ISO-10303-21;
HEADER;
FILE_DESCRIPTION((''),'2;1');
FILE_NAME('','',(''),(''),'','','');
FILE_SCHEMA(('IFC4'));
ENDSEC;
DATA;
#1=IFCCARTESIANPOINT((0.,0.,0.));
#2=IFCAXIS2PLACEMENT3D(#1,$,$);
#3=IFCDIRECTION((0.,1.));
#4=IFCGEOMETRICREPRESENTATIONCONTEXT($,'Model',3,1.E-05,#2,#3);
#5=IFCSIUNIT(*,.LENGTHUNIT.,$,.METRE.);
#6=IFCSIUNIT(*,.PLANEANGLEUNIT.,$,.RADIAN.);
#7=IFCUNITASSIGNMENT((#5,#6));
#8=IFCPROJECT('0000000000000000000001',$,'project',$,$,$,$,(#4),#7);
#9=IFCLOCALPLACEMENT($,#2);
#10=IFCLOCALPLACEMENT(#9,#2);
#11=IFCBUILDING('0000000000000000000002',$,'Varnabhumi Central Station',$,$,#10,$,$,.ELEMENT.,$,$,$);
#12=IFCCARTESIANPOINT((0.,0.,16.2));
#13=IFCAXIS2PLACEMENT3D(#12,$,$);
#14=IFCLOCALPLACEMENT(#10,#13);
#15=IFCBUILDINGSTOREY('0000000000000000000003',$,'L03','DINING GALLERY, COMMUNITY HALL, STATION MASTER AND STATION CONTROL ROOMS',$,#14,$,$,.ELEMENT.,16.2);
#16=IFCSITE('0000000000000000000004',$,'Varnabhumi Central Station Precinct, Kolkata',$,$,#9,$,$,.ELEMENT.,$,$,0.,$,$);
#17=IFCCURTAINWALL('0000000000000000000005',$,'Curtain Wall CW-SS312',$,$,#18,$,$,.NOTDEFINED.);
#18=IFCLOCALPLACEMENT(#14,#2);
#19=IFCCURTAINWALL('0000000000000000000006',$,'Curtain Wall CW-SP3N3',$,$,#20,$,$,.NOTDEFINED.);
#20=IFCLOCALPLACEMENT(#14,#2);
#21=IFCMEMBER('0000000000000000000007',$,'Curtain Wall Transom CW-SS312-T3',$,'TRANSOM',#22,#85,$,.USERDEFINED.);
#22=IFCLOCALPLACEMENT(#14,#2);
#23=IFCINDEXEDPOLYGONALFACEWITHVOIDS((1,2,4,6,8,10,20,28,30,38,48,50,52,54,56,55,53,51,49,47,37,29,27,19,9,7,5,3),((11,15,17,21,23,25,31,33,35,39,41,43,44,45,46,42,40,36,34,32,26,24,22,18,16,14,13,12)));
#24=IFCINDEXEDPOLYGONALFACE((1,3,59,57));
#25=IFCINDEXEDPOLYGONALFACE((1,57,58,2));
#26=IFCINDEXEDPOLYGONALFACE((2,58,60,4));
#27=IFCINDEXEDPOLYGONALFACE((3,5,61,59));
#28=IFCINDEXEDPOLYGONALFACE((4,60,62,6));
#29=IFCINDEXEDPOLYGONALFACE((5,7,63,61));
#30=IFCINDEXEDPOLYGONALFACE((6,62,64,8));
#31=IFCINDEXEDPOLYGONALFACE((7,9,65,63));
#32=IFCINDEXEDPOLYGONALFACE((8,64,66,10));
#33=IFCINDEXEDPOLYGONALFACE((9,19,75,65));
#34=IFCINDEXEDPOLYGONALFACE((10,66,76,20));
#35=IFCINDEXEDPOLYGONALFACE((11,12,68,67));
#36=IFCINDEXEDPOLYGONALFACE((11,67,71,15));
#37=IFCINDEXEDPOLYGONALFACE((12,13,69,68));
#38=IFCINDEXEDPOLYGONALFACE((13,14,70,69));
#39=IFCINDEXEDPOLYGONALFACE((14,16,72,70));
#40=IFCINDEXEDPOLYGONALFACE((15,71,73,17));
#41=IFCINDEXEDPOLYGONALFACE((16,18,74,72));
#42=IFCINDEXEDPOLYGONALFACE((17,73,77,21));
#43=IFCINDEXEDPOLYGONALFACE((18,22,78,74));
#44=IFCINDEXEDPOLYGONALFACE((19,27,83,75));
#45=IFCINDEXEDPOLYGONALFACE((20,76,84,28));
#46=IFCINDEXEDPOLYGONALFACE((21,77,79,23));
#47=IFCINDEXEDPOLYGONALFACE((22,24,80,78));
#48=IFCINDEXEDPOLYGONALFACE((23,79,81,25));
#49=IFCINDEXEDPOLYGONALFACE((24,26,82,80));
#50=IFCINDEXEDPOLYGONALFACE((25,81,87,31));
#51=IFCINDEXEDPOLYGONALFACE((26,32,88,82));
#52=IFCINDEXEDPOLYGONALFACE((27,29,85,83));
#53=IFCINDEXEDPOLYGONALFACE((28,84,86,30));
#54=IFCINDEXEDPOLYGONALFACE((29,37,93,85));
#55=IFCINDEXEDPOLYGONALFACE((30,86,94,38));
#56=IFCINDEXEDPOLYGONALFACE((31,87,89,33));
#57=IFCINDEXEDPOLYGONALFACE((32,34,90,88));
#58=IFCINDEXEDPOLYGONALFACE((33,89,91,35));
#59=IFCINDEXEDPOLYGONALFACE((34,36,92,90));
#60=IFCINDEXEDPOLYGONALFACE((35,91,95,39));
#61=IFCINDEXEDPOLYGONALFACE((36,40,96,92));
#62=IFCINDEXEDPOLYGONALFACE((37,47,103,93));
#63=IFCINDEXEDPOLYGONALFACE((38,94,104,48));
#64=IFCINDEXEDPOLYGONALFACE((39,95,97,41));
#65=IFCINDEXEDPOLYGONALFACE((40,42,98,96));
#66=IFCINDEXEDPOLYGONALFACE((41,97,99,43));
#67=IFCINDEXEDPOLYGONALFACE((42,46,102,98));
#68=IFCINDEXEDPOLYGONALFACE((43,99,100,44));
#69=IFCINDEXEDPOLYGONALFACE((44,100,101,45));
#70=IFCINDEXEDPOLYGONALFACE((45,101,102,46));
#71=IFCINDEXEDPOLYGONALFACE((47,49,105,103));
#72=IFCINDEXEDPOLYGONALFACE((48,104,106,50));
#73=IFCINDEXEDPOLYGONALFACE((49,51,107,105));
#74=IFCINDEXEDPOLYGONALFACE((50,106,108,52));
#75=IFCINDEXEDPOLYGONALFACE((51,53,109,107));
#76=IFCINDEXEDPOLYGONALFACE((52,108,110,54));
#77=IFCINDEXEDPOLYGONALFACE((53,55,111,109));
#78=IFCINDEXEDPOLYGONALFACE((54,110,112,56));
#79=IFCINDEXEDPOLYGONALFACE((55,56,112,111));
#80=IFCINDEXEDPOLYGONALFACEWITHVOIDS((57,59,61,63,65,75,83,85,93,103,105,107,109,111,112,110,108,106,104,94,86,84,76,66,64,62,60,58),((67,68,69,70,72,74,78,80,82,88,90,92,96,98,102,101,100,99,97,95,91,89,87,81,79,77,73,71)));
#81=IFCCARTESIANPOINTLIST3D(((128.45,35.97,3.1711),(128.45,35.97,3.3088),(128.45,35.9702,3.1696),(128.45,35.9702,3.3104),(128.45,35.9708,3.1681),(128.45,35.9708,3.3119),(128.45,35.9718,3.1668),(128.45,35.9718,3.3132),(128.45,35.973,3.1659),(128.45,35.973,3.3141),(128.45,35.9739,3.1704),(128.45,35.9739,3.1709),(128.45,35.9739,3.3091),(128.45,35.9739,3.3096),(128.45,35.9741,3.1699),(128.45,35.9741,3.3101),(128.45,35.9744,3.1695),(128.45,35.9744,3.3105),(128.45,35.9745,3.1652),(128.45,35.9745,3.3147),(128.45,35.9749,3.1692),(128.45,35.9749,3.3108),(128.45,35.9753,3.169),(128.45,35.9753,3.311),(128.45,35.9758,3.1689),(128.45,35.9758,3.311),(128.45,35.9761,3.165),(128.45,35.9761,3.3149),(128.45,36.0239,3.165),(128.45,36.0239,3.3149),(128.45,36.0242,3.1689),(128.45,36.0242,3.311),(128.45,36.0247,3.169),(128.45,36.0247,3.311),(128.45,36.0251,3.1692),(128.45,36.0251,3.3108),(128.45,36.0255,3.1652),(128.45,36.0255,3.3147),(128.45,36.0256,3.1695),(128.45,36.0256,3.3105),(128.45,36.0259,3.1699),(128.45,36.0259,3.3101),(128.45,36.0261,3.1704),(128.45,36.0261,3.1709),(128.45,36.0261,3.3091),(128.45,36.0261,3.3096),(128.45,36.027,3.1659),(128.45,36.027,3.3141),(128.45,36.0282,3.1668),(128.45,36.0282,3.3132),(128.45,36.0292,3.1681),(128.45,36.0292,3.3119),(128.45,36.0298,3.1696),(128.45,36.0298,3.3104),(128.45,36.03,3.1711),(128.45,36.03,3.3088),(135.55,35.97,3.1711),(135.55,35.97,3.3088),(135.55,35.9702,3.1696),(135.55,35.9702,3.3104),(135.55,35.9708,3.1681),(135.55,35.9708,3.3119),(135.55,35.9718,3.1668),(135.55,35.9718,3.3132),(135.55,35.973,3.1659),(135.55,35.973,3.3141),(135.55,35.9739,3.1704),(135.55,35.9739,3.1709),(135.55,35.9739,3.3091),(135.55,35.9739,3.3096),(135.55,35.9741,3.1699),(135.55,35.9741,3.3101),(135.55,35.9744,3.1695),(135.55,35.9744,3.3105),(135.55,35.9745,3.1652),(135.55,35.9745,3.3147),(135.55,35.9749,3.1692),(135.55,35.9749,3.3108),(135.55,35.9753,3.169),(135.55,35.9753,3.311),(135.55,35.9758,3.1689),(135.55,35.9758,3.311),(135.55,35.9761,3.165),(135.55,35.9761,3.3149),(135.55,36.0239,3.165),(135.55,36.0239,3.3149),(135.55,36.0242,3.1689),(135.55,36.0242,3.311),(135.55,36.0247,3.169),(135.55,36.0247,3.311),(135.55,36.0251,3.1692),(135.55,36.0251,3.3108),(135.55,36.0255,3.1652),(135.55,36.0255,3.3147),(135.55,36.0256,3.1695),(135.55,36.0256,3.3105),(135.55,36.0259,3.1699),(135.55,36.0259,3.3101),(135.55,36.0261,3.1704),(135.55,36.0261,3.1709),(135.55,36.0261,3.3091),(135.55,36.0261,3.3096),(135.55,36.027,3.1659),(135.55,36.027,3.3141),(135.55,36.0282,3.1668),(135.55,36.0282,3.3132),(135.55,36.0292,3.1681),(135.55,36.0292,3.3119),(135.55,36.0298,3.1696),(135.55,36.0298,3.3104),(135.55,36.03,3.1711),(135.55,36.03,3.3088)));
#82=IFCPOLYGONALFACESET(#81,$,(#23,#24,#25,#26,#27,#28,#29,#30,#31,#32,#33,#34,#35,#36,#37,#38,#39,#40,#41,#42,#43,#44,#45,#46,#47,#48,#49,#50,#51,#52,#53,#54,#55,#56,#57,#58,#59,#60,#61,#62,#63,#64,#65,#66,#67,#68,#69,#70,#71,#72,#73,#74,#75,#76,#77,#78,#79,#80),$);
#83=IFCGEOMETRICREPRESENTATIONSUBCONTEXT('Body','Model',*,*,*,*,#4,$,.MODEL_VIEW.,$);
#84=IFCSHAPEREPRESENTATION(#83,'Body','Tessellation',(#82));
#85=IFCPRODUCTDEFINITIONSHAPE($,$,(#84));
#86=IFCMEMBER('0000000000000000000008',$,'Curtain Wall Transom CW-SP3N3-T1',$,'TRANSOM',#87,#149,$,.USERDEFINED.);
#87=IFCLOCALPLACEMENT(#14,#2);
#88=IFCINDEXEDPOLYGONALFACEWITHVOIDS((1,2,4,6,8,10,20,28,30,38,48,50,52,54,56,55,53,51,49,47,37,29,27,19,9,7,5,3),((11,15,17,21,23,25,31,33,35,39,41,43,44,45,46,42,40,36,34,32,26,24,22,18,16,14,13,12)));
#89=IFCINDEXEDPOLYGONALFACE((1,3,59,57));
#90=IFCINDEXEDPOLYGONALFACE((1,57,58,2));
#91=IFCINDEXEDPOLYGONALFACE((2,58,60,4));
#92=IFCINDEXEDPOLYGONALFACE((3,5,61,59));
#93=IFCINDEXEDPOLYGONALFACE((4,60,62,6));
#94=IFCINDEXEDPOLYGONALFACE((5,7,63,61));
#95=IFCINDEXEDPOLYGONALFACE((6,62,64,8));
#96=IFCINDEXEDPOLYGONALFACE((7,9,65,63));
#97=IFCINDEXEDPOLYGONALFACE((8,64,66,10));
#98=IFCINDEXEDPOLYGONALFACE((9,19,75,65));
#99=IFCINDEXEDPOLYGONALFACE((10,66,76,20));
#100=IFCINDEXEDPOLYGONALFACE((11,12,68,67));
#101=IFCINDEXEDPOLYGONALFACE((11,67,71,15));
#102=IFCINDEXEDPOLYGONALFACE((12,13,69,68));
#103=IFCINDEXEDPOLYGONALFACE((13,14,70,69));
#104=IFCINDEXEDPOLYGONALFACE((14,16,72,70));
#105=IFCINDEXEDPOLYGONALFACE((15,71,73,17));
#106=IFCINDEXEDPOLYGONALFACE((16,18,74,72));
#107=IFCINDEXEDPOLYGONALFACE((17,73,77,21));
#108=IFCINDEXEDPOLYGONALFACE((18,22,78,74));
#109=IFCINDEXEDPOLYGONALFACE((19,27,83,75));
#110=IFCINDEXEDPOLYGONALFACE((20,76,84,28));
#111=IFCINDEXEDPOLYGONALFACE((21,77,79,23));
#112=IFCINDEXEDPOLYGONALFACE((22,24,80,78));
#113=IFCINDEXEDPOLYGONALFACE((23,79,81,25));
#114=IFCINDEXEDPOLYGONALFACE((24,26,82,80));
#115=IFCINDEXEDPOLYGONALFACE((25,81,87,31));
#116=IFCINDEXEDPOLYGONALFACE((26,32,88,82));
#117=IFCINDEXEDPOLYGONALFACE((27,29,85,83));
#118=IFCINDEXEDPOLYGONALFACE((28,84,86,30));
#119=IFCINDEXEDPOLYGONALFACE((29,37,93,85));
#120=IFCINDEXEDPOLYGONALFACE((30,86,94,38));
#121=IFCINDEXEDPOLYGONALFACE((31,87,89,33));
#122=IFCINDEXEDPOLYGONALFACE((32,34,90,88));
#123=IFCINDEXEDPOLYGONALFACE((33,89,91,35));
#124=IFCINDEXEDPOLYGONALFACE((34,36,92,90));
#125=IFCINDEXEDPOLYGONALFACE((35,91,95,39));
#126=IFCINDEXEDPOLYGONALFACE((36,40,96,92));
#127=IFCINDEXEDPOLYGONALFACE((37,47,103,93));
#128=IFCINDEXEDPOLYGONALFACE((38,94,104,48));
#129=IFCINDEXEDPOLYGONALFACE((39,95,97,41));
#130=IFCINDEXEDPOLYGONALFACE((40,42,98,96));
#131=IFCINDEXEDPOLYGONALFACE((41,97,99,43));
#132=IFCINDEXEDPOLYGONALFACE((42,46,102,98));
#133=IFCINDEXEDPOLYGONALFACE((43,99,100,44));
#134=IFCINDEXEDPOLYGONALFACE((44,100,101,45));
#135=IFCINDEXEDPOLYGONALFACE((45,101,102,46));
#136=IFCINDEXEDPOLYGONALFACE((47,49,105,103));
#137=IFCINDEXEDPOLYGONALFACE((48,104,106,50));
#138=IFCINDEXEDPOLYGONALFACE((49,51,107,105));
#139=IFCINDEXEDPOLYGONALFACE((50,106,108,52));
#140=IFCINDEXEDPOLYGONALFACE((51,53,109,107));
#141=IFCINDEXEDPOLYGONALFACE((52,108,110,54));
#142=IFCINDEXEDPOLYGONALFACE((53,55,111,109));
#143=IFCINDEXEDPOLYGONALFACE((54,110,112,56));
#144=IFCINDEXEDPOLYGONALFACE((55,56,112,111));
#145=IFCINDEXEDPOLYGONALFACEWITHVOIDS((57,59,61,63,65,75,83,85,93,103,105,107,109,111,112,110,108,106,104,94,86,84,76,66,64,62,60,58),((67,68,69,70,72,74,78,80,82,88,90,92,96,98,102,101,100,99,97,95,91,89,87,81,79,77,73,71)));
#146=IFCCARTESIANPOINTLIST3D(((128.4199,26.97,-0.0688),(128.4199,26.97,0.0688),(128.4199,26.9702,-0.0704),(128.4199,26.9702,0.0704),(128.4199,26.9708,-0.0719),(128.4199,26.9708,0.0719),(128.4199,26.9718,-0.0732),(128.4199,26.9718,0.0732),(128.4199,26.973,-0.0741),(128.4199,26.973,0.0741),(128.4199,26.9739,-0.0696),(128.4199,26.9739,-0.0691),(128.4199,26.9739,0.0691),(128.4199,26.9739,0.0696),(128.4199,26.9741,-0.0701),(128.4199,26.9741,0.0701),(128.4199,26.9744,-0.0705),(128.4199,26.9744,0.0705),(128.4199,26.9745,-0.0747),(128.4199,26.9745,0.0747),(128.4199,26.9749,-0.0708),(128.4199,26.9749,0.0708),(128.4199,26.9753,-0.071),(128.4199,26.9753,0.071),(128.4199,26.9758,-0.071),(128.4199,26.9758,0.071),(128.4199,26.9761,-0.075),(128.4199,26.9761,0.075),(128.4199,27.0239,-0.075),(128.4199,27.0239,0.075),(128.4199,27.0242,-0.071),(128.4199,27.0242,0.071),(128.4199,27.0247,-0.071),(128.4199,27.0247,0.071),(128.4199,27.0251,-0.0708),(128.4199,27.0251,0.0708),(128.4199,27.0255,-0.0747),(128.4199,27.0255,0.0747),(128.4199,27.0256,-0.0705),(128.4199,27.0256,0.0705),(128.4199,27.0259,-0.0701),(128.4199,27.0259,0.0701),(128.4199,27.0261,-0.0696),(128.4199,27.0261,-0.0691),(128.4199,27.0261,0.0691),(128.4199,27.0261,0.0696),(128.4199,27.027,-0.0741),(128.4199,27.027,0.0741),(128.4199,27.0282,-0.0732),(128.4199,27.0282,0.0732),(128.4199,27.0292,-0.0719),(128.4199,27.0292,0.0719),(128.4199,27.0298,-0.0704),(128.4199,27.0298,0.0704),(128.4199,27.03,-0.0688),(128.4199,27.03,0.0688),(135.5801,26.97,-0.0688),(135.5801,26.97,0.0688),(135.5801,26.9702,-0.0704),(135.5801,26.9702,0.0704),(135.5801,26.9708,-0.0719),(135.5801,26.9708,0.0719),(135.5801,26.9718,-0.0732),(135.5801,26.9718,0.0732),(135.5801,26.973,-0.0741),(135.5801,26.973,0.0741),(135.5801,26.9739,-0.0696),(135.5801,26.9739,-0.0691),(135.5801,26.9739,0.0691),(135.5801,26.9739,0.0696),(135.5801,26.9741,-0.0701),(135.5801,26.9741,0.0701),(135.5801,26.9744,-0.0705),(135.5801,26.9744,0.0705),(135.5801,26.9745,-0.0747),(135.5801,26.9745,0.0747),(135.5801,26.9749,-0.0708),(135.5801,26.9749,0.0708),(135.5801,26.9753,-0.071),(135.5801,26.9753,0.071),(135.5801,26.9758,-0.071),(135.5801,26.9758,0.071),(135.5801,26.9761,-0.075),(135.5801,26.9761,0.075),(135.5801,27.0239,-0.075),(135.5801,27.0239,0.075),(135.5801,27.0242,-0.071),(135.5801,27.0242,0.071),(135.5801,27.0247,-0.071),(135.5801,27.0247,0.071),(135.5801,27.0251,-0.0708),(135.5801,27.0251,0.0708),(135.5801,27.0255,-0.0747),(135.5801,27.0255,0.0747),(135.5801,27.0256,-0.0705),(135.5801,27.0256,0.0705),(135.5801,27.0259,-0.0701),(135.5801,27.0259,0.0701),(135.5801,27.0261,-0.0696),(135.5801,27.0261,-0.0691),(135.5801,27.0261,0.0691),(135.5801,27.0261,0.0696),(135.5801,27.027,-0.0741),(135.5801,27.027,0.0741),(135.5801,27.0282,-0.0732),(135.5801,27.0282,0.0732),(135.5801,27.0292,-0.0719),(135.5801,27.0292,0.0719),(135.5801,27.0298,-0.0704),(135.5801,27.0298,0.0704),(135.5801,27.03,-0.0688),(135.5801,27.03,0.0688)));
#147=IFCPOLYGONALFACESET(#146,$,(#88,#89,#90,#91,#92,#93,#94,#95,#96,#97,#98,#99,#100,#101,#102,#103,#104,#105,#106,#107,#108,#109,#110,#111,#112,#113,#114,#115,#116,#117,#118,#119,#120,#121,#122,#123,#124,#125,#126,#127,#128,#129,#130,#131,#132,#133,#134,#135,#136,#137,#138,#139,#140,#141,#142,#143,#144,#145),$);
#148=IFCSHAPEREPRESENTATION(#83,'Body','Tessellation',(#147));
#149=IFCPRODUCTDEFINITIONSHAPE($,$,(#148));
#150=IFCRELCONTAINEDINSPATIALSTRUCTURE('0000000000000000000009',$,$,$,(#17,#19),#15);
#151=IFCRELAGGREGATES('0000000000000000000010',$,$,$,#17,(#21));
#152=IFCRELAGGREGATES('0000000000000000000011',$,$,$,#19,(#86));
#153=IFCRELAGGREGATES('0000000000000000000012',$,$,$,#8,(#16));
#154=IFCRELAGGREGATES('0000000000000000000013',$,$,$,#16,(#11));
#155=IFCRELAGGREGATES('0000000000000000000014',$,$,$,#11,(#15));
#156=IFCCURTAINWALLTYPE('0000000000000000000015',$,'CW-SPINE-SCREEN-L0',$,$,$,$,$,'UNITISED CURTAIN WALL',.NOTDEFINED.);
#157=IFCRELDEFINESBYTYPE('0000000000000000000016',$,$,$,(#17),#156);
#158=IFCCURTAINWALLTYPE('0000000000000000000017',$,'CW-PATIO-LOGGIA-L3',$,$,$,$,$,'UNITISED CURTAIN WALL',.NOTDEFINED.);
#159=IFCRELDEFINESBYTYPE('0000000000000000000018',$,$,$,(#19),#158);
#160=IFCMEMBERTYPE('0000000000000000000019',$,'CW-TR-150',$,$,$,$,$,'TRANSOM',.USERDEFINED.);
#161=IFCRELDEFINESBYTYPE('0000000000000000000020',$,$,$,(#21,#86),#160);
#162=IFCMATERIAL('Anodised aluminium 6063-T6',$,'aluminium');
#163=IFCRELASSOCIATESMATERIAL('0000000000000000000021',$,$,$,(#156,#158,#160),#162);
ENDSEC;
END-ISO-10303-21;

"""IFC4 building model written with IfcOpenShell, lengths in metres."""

from ifc_helpers import new_model, si_unit, direction, frame, origin, origin_2d, place, context, subcontext, project, spatial, hollow_rectangle, extrude, material, material_profile, profile_set, type_object, element, aggregate, save


model = new_model("IFC4")

# Units and contexts
model_context = context("Model", 3, precision=1e-05, world=origin(), true_north=direction((0.0, 1.0)))
body_context = subcontext(model_context, "Body", "Model", "MODEL_VIEW")
ifc_project = project(units=[si_unit("LENGTHUNIT", "METRE"), si_unit("PLANEANGLEUNIT", "RADIAN")], contexts=[model_context])

# Site, building, storey
site_placement = place(None, origin())
site = spatial("IfcSite", under=ifc_project, at=site_placement, Name="Varnabhumi Central Station Precinct, Kolkata", CompositionType="ELEMENT", RefElevation=0.0)
building_placement = place(site_placement, origin())
building = spatial("IfcBuilding", under=site, at=building_placement, Name="Varnabhumi Central Station", CompositionType="ELEMENT")
storey_placement = place(building_placement, frame((0.0, 0.0, 16.2)))
storey = spatial("IfcBuildingStorey", under=building, at=storey_placement, Name="L03", Description="DINING GALLERY, COMMUNITY HALL, STATION MASTER AND STATION CONTROL ROOMS", CompositionType="ELEMENT", Elevation=16.2)

# Curtain wall
ifc_material_1 = material(Name="Anodised aluminium 6063-T6", Category="aluminium")
curtain_wall_type_1 = type_object("IfcCurtainWallType", Name="CW-SPINE-SCREEN-L0", ElementType="UNITISED CURTAIN WALL", PredefinedType="NOTDEFINED", material=ifc_material_1)
curtain_wall_1_placement = place(storey_placement, origin())
curtain_wall_1 = element("IfcCurtainWall", 1, at=curtain_wall_1_placement, inside=storey, type_object=curtain_wall_type_1, Name="Curtain Wall CW-SS312", PredefinedType="NOTDEFINED")

# Shared definitions
curtain_wall_type_2 = type_object("IfcCurtainWallType", Name="CW-PATIO-LOGGIA-L3", ElementType="UNITISED CURTAIN WALL", PredefinedType="NOTDEFINED", material=ifc_material_1)

# Curtain wall
curtain_wall_2_placement = place(storey_placement, origin())
curtain_wall_2 = element("IfcCurtainWall", 2, at=curtain_wall_2_placement, inside=storey, type_object=curtain_wall_type_2, Name="Curtain Wall CW-SP3N3", PredefinedType="NOTDEFINED")

# Members
ifc_material_profile_1 = material_profile(ifc_material_1, hollow_rectangle(XDim=0.0601, YDim=0.1499, WallThickness=0.0039, InnerFilletRadius=0.002, OuterFilletRadius=0.0061, at=origin_2d()), Name="Anodised aluminium 6063-T6", Category="aluminium")
ifc_profile_set_1 = profile_set([ifc_material_profile_1], Name="Anodised aluminium 6063-T6")
member_type_1 = type_object("IfcMemberType", Name="CW-TR-150", ElementType="TRANSOM", PredefinedType="USERDEFINED", material=ifc_profile_set_1)
member_1_placement = place(storey_placement, frame((128.45, 36.0, 3.24), z_axis=(1.0, 0.0, 0.0), x_axis=(0.0, 1.0, 0.0)))
member_1 = element("IfcMember", 3, at=member_1_placement, type_object=member_type_1, Name="Curtain Wall Transom CW-SS312-T3", ObjectType="TRANSOM", PredefinedType="USERDEFINED", context=body_context, shape_type="SweptSolid", body=[
    extrude(hollow_rectangle(XDim=0.0601, YDim=0.1499, WallThickness=0.0039, InnerFilletRadius=0.002, OuterFilletRadius=0.0061, at=origin_2d()), origin(), (0.0, 0.0, 1.0), 7.1001),
])
member_2_placement = place(storey_placement, frame((128.4199, 27.0, 0.0), z_axis=(1.0, 0.0, 0.0), x_axis=(0.0, 1.0, 0.0)))
member_2 = element("IfcMember", 4, at=member_2_placement, type_object=member_type_1, Name="Curtain Wall Transom CW-SP3N3-T1", ObjectType="TRANSOM", PredefinedType="USERDEFINED", context=body_context, shape_type="SweptSolid", body=[
    extrude(hollow_rectangle(XDim=0.0601, YDim=0.1499, WallThickness=0.0039, InnerFilletRadius=0.002, OuterFilletRadius=0.0061, at=origin_2d()), origin(), (0.0, 0.0, 1.0), 7.1602),
])

aggregate(curtain_wall_1, [member_1])
aggregate(curtain_wall_2, [member_2])

save(model, "model.ifc")
